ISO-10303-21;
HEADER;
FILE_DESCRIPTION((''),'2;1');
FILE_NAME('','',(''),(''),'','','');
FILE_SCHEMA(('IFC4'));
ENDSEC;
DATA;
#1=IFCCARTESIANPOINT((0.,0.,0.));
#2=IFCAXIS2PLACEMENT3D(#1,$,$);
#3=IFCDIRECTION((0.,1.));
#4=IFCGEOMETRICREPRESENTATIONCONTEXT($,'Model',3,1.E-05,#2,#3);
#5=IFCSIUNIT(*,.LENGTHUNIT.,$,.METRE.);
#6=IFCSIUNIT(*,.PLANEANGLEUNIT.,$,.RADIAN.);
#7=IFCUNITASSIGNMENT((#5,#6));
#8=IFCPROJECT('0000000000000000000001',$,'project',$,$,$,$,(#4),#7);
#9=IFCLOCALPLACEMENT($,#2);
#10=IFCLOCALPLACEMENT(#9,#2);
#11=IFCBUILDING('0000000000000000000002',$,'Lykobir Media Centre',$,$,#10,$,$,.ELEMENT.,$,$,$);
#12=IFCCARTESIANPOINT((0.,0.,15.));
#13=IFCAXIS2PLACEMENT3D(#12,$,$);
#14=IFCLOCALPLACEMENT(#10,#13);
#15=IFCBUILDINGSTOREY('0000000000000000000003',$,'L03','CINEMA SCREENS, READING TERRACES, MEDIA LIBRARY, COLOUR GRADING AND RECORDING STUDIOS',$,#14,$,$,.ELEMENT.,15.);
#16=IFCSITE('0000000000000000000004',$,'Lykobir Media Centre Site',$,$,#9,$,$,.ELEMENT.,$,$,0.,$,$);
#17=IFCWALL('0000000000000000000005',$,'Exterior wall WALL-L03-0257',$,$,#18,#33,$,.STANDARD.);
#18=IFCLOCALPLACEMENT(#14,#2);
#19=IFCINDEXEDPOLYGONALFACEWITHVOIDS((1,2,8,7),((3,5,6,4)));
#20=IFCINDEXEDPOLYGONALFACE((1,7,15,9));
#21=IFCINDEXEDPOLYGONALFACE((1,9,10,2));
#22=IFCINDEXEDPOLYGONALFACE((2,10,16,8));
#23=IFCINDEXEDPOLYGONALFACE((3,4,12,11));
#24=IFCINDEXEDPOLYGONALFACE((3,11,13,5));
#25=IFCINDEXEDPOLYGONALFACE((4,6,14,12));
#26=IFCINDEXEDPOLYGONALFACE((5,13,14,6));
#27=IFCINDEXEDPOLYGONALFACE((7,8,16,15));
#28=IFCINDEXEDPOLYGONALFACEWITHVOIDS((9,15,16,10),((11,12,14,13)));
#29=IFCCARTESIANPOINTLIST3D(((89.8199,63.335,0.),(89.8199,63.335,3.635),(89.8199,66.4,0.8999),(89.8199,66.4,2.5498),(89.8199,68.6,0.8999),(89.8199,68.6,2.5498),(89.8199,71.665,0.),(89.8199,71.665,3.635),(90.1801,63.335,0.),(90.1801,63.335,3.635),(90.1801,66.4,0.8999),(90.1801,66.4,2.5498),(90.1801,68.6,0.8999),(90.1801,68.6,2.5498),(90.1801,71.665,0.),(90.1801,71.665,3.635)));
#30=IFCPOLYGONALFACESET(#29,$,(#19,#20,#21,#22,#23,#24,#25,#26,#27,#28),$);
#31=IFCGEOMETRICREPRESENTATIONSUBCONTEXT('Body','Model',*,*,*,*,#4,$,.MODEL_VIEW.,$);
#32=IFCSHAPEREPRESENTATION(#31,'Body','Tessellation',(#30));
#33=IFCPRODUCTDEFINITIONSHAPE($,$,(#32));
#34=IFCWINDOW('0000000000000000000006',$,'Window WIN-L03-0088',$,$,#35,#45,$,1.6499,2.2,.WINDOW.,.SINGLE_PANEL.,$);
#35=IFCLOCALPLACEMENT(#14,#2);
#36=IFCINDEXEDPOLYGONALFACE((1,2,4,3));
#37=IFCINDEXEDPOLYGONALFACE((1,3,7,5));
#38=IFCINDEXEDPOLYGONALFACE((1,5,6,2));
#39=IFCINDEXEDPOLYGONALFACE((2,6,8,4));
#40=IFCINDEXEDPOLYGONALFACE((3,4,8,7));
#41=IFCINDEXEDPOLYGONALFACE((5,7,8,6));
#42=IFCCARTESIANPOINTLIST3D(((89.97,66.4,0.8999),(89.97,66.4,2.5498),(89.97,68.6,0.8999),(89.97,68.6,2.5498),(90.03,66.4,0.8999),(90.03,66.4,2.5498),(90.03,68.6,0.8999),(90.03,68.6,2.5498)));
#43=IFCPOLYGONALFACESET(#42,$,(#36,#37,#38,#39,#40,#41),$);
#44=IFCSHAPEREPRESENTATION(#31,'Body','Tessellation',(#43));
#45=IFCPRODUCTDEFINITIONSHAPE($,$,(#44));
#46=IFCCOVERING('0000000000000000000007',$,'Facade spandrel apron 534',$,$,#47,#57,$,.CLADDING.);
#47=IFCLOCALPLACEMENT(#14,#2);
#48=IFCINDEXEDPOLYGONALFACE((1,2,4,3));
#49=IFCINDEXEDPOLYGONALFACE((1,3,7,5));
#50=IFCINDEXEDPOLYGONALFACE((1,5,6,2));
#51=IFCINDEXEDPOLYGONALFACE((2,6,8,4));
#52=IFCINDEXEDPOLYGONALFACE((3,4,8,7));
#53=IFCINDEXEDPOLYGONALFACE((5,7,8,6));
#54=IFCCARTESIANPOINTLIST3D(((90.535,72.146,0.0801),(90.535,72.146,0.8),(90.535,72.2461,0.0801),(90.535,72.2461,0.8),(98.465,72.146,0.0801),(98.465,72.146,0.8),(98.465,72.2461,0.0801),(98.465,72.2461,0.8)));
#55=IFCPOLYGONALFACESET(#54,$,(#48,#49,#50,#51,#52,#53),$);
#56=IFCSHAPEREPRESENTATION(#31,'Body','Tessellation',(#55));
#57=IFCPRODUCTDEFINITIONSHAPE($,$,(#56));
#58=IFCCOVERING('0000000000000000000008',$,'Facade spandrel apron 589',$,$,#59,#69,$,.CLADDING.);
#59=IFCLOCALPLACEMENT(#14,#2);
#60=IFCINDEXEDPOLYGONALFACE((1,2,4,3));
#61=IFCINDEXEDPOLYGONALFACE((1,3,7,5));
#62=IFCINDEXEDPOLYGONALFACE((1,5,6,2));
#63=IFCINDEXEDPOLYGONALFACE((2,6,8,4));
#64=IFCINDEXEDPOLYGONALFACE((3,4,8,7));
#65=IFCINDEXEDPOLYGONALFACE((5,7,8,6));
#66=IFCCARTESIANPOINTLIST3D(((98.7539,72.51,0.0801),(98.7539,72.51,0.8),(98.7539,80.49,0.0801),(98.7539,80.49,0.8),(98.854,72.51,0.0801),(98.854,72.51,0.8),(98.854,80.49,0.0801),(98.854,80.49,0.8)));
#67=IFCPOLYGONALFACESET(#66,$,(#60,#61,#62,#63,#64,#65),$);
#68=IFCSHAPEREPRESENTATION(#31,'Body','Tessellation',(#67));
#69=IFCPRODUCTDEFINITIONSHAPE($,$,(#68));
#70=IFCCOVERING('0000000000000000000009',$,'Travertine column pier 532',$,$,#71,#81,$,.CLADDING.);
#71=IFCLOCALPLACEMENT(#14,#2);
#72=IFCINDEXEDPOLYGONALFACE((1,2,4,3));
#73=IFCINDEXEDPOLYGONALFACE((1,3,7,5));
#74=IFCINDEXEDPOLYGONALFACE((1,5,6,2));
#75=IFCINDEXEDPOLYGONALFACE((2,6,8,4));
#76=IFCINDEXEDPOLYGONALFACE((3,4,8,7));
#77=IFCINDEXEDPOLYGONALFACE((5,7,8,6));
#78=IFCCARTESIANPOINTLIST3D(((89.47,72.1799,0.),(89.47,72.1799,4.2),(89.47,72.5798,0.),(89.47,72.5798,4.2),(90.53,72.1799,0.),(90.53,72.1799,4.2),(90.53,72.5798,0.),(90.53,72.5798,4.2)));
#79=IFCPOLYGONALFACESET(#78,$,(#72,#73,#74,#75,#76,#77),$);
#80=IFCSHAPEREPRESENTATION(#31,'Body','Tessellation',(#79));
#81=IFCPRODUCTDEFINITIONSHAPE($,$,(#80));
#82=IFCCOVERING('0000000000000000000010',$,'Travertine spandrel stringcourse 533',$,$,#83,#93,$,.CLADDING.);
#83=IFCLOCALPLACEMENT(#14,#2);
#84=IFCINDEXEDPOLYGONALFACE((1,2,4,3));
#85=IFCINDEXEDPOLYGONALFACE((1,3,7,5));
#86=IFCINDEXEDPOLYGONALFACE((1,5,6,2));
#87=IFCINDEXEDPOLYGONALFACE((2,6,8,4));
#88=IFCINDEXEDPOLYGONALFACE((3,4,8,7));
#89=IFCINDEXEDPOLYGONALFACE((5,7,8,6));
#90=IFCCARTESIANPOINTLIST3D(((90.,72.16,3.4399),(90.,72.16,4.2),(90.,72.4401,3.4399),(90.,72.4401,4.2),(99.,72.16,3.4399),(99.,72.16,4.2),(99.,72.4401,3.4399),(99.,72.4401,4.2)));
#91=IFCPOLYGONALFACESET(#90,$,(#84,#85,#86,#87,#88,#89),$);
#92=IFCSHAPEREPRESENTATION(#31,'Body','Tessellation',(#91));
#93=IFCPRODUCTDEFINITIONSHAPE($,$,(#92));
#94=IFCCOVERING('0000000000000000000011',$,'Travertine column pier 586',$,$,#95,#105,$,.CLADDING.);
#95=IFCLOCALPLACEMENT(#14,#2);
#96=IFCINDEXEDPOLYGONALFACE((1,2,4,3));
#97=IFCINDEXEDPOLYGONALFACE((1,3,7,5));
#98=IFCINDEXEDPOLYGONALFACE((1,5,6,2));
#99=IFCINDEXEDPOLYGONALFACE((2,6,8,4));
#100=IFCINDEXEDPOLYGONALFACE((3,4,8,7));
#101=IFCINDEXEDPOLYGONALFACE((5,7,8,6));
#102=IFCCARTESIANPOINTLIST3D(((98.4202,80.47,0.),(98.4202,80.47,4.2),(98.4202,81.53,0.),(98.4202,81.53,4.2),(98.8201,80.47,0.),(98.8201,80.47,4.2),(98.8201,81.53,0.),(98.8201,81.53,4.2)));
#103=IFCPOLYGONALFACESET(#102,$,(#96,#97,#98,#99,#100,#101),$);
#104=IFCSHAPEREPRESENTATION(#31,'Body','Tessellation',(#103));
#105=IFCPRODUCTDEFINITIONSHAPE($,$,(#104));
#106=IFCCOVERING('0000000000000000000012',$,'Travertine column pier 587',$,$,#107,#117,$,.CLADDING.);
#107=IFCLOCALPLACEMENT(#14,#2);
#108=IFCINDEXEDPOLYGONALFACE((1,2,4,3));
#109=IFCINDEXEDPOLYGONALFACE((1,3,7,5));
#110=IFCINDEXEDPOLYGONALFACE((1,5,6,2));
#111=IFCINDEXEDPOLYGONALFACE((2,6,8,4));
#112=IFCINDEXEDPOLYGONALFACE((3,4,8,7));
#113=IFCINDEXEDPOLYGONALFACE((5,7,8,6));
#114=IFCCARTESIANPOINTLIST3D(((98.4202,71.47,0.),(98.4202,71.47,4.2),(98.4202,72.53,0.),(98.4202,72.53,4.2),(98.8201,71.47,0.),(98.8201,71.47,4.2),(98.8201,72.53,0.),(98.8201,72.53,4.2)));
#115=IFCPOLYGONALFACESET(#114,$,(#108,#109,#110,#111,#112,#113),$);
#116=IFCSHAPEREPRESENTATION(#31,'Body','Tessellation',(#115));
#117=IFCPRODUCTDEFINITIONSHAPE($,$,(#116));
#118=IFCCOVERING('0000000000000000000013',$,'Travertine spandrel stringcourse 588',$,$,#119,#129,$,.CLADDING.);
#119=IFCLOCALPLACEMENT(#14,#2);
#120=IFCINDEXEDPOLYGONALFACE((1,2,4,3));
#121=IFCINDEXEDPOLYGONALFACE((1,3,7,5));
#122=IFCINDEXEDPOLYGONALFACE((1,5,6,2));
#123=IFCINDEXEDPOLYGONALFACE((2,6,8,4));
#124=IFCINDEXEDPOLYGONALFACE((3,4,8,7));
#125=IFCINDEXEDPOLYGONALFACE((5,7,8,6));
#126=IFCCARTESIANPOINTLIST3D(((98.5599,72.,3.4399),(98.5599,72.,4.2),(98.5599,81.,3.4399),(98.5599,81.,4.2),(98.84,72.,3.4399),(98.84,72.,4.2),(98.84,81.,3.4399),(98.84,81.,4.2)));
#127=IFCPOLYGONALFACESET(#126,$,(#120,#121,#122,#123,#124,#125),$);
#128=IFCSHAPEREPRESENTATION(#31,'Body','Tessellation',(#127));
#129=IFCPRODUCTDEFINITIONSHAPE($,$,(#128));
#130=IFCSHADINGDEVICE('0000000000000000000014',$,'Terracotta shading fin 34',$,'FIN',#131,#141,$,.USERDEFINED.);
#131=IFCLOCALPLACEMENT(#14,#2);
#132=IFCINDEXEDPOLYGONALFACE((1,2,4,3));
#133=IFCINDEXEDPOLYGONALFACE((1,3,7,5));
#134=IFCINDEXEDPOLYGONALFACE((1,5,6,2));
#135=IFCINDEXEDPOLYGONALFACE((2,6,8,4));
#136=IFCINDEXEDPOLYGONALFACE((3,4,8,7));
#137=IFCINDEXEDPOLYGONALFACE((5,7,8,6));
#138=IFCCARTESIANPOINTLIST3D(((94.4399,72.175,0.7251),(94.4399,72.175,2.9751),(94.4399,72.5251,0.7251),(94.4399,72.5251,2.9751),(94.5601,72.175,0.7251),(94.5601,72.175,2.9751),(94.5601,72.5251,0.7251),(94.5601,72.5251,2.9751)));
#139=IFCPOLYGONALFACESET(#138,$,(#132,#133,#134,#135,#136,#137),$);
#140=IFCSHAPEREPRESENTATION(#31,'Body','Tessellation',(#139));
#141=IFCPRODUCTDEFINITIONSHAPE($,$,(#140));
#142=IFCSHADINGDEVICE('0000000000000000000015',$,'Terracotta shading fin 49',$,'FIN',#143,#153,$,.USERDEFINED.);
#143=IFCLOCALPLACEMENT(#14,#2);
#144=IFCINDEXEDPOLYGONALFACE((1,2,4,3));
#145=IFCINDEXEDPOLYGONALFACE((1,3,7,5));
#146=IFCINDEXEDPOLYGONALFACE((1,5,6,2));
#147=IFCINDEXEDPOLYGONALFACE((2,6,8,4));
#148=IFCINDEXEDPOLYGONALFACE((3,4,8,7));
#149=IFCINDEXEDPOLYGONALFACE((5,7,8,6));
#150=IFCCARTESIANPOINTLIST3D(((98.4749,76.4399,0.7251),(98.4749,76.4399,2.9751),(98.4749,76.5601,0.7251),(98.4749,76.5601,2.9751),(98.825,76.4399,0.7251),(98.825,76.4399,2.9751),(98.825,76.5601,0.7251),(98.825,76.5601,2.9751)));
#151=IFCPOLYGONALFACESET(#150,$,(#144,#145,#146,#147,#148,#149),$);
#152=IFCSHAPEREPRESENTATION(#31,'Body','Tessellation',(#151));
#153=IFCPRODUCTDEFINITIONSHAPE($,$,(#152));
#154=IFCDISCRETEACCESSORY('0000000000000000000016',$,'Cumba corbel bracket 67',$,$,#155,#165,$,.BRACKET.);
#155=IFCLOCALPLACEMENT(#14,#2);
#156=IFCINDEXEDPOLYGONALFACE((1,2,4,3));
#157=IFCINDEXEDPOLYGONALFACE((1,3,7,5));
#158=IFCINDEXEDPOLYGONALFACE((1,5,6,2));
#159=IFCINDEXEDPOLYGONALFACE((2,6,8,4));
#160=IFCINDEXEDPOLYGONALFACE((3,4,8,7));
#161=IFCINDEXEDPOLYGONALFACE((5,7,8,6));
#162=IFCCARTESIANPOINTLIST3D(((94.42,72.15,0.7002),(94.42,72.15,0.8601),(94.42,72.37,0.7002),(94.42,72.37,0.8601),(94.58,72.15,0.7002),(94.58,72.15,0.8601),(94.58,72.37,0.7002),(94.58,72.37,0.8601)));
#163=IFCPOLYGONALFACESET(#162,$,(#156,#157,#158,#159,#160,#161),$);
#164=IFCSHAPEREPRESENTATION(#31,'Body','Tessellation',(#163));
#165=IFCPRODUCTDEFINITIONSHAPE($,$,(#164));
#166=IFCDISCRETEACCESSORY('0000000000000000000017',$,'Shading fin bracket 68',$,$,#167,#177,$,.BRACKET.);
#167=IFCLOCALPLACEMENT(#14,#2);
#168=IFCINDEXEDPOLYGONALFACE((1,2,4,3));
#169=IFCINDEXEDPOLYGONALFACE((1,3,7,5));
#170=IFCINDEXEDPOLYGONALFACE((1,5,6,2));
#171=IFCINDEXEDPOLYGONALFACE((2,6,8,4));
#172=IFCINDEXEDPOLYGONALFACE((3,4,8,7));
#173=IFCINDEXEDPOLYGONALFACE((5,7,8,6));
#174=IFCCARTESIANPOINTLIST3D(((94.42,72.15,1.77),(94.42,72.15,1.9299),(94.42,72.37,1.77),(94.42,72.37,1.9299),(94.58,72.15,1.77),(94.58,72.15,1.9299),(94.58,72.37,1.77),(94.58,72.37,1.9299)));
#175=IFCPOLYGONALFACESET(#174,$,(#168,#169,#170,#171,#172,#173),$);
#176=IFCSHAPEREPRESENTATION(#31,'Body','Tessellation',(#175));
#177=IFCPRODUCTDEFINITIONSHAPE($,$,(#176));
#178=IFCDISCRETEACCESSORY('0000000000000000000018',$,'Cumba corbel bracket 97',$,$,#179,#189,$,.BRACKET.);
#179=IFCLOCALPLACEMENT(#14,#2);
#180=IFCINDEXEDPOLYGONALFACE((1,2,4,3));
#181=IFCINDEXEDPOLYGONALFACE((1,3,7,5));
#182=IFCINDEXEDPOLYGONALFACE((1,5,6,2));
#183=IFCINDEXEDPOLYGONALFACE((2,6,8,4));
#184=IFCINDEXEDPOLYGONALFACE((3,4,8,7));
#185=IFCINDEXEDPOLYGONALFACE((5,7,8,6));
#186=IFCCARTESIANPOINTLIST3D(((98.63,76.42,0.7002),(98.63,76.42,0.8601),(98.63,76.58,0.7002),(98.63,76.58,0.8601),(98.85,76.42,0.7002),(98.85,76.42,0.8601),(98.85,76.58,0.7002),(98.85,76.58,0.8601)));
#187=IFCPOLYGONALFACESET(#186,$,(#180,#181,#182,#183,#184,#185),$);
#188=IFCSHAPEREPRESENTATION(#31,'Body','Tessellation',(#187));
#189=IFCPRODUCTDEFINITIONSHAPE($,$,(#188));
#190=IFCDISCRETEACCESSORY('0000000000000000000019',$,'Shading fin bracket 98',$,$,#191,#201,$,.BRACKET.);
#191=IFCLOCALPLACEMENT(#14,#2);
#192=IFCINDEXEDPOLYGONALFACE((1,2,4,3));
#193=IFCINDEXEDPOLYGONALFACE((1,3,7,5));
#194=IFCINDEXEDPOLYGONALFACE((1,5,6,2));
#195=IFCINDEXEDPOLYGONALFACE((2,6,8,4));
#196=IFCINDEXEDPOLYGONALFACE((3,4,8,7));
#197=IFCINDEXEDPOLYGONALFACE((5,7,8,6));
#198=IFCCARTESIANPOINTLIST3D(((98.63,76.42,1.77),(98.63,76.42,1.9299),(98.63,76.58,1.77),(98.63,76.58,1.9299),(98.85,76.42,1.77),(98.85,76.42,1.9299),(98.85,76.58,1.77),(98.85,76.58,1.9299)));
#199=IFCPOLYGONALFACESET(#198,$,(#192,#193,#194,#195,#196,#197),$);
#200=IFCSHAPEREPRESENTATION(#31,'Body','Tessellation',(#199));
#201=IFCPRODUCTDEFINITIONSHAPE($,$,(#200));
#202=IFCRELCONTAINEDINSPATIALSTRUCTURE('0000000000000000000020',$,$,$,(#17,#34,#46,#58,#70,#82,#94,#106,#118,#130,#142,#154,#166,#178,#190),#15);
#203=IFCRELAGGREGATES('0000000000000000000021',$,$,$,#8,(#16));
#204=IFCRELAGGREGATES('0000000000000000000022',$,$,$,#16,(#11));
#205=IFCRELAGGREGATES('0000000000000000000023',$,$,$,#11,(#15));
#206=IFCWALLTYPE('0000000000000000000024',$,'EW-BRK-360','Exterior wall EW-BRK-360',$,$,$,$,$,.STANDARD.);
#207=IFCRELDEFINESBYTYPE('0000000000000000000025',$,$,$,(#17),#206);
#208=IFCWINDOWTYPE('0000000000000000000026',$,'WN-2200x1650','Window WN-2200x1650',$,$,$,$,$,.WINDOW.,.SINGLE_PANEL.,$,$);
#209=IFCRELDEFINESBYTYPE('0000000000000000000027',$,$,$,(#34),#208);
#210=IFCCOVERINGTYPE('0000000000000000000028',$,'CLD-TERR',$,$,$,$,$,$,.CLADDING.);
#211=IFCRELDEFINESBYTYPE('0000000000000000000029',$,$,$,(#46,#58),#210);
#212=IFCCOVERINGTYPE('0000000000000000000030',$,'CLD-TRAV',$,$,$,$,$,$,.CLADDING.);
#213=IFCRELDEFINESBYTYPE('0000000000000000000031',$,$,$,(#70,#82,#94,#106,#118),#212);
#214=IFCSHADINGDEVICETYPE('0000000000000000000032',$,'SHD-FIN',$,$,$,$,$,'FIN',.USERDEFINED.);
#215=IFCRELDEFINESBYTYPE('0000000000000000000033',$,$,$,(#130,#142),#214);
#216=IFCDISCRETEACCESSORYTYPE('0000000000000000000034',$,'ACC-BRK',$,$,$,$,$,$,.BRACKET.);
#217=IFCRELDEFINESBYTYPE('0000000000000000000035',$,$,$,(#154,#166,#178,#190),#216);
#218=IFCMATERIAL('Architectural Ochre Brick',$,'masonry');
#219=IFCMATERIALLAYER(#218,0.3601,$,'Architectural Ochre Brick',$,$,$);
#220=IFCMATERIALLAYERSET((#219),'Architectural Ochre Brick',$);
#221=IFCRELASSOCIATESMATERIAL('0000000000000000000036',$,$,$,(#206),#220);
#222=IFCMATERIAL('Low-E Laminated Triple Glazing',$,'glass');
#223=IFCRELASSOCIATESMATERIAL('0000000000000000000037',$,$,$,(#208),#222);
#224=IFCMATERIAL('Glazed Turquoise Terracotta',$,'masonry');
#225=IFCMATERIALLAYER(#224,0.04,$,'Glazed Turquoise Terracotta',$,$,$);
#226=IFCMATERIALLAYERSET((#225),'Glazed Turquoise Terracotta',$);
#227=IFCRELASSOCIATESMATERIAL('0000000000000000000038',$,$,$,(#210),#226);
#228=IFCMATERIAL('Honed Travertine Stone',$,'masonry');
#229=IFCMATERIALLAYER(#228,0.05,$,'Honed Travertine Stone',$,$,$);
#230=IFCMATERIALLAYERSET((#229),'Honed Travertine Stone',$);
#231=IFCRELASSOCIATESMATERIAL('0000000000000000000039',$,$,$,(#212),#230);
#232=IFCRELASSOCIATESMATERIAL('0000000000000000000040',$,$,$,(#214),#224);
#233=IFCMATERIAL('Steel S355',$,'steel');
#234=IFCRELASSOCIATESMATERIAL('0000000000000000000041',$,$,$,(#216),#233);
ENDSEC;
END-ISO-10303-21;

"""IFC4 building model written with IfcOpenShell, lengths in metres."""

from ifc_helpers import new_model, si_unit, direction, frame, frame_2d, origin, origin_2d, place, context, subcontext, project, spatial, rectangle, extrude, material, layer, layer_set, type_object, element, fill, save


model = new_model("IFC4")

# Units and contexts
model_context = context("Model", 3, precision=1e-05, world=origin(), true_north=direction((0.0, 1.0)))
body_context = subcontext(model_context, "Body", "Model", "MODEL_VIEW")
ifc_project = project(units=[si_unit("LENGTHUNIT", "METRE"), si_unit("PLANEANGLEUNIT", "RADIAN")], contexts=[model_context])

# Site, building, storey
site_placement = place(None, origin())
site = spatial("IfcSite", under=ifc_project, at=site_placement, Name="Lykobir Media Centre Site", CompositionType="ELEMENT", RefElevation=0.0)
building_placement = place(site_placement, origin())
building = spatial("IfcBuilding", under=site, at=building_placement, Name="Lykobir Media Centre", CompositionType="ELEMENT")
storey_placement = place(building_placement, frame((0.0, 0.0, 15.0)))
storey = spatial("IfcBuildingStorey", under=building, at=storey_placement, Name="L03", Description="CINEMA SCREENS, READING TERRACES, MEDIA LIBRARY, COLOUR GRADING AND RECORDING STUDIOS", CompositionType="ELEMENT", Elevation=15.0)

# Shared definitions
ifc_material_1 = material(Name="Steel S355", Category="steel")

# Wall, opening, window
ifc_material_2 = material(Name="Architectural Ochre Brick", Category="masonry")
ifc_layer_1 = layer(ifc_material_2, 0.3601, Name="Architectural Ochre Brick")
ifc_layer_set_1 = layer_set([ifc_layer_1], Name="Architectural Ochre Brick")
wall_type = type_object("IfcWallType", Name="EW-BRK-360", Description="Exterior wall EW-BRK-360", PredefinedType="STANDARD", material=ifc_layer_set_1)
ifc_material_3 = material(Name="Low-E Laminated Triple Glazing", Category="glass")
wall_1_placement = place(storey_placement, frame((90.0, 71.665, 0.0), z_axis=(0.0, 0.0, 1.0), x_axis=(0.0, -1.0, 0.0)))
wall_1 = element("IfcWall", 1, at=wall_1_placement, inside=storey, type_object=wall_type, Name="Exterior wall WALL-L03-0257", PredefinedType="STANDARD", context=body_context, shape_type="SweptSolid", body=[
    extrude(rectangle(XDim=8.3301, YDim=0.3601, at=frame_2d((4.165, 0.0))), origin(), (0.0, 0.0, 1.0), 3.635),
])
opening_1_placement = place(wall_1_placement, frame((3.0649, 0.0, 0.8999)))
opening_1 = element("IfcOpeningElement", 2, at=opening_1_placement, cuts=wall_1, PredefinedType="OPENING", context=body_context, shape_type="SweptSolid", body=[
    extrude(rectangle(XDim=2.2, YDim=1.6499, at=frame_2d((1.1001, 0.825))), frame((0.0, 0.1899, 0.0), z_axis=(0.0, -1.0, 0.0), x_axis=(1.0, 0.0, 0.0)), (0.0, 0.0, 1.0), 0.3801),
])
window_type_1 = type_object("IfcWindowType", Name="WN-2200x1650", Description="Window WN-2200x1650", PartitioningType="SINGLE_PANEL", PredefinedType="WINDOW", material=ifc_material_3)
window_1_placement = place(opening_1_placement, origin())
window_1 = element("IfcWindow", 3, at=window_1_placement, inside=storey, type_object=window_type_1, Name="Window WIN-L03-0088", OverallHeight=1.6499, OverallWidth=2.2, PartitioningType="SINGLE_PANEL", PredefinedType="WINDOW", context=body_context, shape_type="SweptSolid", body=[
    extrude(rectangle(XDim=2.2, YDim=1.6499, at=frame_2d((1.1001, 0.825))), frame((0.0, 0.03, 0.0), z_axis=(0.0, -1.0, 0.0), x_axis=(1.0, 0.0, 0.0)), (0.0, 0.0, 1.0), 0.0601),
])
fill(opening_1, window_1)

# Coverings
ifc_material_4 = material(Name="Glazed Turquoise Terracotta", Category="masonry")
ifc_layer_2 = layer(ifc_material_4, 0.04, Name="Glazed Turquoise Terracotta")
ifc_layer_set_2 = layer_set([ifc_layer_2], Name="Glazed Turquoise Terracotta")
covering_type_1 = type_object("IfcCoveringType", Name="CLD-TERR", PredefinedType="CLADDING", material=ifc_layer_set_2)
covering_1_placement = place(storey_placement, frame((94.5, 72.196, 0.0801), z_axis=(0.0, 0.0, 1.0), x_axis=(-1.0, 0.0, 0.0)))
element("IfcCovering", 4, at=covering_1_placement, inside=storey, type_object=covering_type_1, Name="Facade spandrel apron 534", PredefinedType="CLADDING", context=body_context, shape_type="SweptSolid", body=[
    extrude(rectangle(XDim=7.9299, YDim=0.1001, at=origin_2d()), origin(), (0.0, 0.0, 1.0), 0.72),
])
covering_2_placement = place(storey_placement, frame((98.804, 76.5, 0.0801), z_axis=(0.0, 0.0, 1.0), x_axis=(0.0, -1.0, 0.0)))
element("IfcCovering", 5, at=covering_2_placement, inside=storey, type_object=covering_type_1, Name="Facade spandrel apron 589", PredefinedType="CLADDING", context=body_context, shape_type="SweptSolid", body=[
    extrude(rectangle(XDim=7.98, YDim=0.1001, at=origin_2d()), origin(), (0.0, 0.0, 1.0), 0.72),
])
ifc_material_5 = material(Name="Honed Travertine Stone", Category="masonry")
ifc_layer_3 = layer(ifc_material_5, 0.05, Name="Honed Travertine Stone")
ifc_layer_set_3 = layer_set([ifc_layer_3], Name="Honed Travertine Stone")
covering_type_2 = type_object("IfcCoveringType", Name="CLD-TRAV", PredefinedType="CLADDING", material=ifc_layer_set_3)
covering_3_placement = place(storey_placement, frame((90.0, 72.3799, 0.0), z_axis=(0.0, 0.0, 1.0), x_axis=(-1.0, 0.0, 0.0)))
element("IfcCovering", 6, at=covering_3_placement, inside=storey, type_object=covering_type_2, Name="Travertine column pier 532", PredefinedType="CLADDING", context=body_context, shape_type="SweptSolid", body=[
    extrude(rectangle(XDim=1.0601, YDim=0.3999, at=origin_2d()), origin(), (0.0, 0.0, 1.0), 4.2),
])
covering_4_placement = place(storey_placement, frame((94.5, 72.3, 3.4399), z_axis=(0.0, 0.0, 1.0), x_axis=(-1.0, 0.0, 0.0)))
element("IfcCovering", 7, at=covering_4_placement, inside=storey, type_object=covering_type_2, Name="Travertine spandrel stringcourse 533", PredefinedType="CLADDING", context=body_context, shape_type="SweptSolid", body=[
    extrude(rectangle(XDim=9.0, YDim=0.28, at=origin_2d()), origin(), (0.0, 0.0, 1.0), 0.76),
])
for number, where, z_axis, x_axis, name in (
    (8, (98.6201, 81.0, 0.0), (0.0, 0.0, 1.0), (0.0, -1.0, 0.0), "Travertine column pier 586"),
    (9, (98.6201, 72.0, 0.0), (0.0, 0.0, 1.0), (0.0, -1.0, 0.0), "Travertine column pier 587"),
):
    element("IfcCovering", number, at=place(storey_placement, frame(where, z_axis=z_axis, x_axis=x_axis)), inside=storey, type_object=covering_type_2, Name=name, PredefinedType="CLADDING", context=body_context, shape_type="SweptSolid", body=[
        extrude(rectangle(XDim=1.0601, YDim=0.3999, at=origin_2d()), origin(), (0.0, 0.0, 1.0), 4.2),
    ])
covering_5_placement = place(storey_placement, frame((98.7, 76.5, 3.4399), z_axis=(0.0, 0.0, 1.0), x_axis=(0.0, -1.0, 0.0)))
element("IfcCovering", 10, at=covering_5_placement, inside=storey, type_object=covering_type_2, Name="Travertine spandrel stringcourse 588", PredefinedType="CLADDING", context=body_context, shape_type="SweptSolid", body=[
    extrude(rectangle(XDim=9.0, YDim=0.28, at=origin_2d()), origin(), (0.0, 0.0, 1.0), 0.76),
])

# Shading devices
shading_device_type = type_object("IfcShadingDeviceType", Name="SHD-FIN", ElementType="FIN", PredefinedType="USERDEFINED", material=ifc_material_4)
for number, where, z_axis, x_axis, name in (
    (11, (94.5, 72.3501, 0.7251), (0.0, 0.0, 1.0), (-1.0, 0.0, 0.0), "Terracotta shading fin 34"),
    (12, (98.6499, 76.5, 0.7251), (0.0, 0.0, 1.0), (0.0, -1.0, 0.0), "Terracotta shading fin 49"),
):
    element("IfcShadingDevice", number, at=place(storey_placement, frame(where, z_axis=z_axis, x_axis=x_axis)), inside=storey, type_object=shading_device_type, Name=name, ObjectType="FIN", PredefinedType="USERDEFINED", context=body_context, shape_type="SweptSolid", body=[
        extrude(rectangle(XDim=0.1201, YDim=0.3501, at=origin_2d()), origin(), (0.0, 0.0, 1.0), 2.25),
    ])

# Discrete accessories
discrete_accessory_type = type_object("IfcDiscreteAccessoryType", Name="ACC-BRK", PredefinedType="BRACKET", material=ifc_material_1)
for number, where, z_axis, x_axis, name in (
    (13, (94.5, 72.26, 0.7002), (0.0, 0.0, 1.0), (-1.0, 0.0, 0.0), "Cumba corbel bracket 67"),
    (14, (94.5, 72.26, 1.77), (0.0, 0.0, 1.0), (-1.0, 0.0, 0.0), "Shading fin bracket 68"),
    (15, (98.74, 76.5, 0.7002), (0.0, 0.0, 1.0), (0.0, -1.0, 0.0), "Cumba corbel bracket 97"),
    (16, (98.74, 76.5, 1.77), (0.0, 0.0, 1.0), (0.0, -1.0, 0.0), "Shading fin bracket 98"),
):
    element("IfcDiscreteAccessory", number, at=place(storey_placement, frame(where, z_axis=z_axis, x_axis=x_axis)), inside=storey, type_object=discrete_accessory_type, Name=name, PredefinedType="BRACKET", context=body_context, shape_type="SweptSolid", body=[
        extrude(rectangle(XDim=0.1599, YDim=0.22, at=origin_2d()), origin(), (0.0, 0.0, 1.0), 0.1599),
    ])

save(model, "model.ifc")
